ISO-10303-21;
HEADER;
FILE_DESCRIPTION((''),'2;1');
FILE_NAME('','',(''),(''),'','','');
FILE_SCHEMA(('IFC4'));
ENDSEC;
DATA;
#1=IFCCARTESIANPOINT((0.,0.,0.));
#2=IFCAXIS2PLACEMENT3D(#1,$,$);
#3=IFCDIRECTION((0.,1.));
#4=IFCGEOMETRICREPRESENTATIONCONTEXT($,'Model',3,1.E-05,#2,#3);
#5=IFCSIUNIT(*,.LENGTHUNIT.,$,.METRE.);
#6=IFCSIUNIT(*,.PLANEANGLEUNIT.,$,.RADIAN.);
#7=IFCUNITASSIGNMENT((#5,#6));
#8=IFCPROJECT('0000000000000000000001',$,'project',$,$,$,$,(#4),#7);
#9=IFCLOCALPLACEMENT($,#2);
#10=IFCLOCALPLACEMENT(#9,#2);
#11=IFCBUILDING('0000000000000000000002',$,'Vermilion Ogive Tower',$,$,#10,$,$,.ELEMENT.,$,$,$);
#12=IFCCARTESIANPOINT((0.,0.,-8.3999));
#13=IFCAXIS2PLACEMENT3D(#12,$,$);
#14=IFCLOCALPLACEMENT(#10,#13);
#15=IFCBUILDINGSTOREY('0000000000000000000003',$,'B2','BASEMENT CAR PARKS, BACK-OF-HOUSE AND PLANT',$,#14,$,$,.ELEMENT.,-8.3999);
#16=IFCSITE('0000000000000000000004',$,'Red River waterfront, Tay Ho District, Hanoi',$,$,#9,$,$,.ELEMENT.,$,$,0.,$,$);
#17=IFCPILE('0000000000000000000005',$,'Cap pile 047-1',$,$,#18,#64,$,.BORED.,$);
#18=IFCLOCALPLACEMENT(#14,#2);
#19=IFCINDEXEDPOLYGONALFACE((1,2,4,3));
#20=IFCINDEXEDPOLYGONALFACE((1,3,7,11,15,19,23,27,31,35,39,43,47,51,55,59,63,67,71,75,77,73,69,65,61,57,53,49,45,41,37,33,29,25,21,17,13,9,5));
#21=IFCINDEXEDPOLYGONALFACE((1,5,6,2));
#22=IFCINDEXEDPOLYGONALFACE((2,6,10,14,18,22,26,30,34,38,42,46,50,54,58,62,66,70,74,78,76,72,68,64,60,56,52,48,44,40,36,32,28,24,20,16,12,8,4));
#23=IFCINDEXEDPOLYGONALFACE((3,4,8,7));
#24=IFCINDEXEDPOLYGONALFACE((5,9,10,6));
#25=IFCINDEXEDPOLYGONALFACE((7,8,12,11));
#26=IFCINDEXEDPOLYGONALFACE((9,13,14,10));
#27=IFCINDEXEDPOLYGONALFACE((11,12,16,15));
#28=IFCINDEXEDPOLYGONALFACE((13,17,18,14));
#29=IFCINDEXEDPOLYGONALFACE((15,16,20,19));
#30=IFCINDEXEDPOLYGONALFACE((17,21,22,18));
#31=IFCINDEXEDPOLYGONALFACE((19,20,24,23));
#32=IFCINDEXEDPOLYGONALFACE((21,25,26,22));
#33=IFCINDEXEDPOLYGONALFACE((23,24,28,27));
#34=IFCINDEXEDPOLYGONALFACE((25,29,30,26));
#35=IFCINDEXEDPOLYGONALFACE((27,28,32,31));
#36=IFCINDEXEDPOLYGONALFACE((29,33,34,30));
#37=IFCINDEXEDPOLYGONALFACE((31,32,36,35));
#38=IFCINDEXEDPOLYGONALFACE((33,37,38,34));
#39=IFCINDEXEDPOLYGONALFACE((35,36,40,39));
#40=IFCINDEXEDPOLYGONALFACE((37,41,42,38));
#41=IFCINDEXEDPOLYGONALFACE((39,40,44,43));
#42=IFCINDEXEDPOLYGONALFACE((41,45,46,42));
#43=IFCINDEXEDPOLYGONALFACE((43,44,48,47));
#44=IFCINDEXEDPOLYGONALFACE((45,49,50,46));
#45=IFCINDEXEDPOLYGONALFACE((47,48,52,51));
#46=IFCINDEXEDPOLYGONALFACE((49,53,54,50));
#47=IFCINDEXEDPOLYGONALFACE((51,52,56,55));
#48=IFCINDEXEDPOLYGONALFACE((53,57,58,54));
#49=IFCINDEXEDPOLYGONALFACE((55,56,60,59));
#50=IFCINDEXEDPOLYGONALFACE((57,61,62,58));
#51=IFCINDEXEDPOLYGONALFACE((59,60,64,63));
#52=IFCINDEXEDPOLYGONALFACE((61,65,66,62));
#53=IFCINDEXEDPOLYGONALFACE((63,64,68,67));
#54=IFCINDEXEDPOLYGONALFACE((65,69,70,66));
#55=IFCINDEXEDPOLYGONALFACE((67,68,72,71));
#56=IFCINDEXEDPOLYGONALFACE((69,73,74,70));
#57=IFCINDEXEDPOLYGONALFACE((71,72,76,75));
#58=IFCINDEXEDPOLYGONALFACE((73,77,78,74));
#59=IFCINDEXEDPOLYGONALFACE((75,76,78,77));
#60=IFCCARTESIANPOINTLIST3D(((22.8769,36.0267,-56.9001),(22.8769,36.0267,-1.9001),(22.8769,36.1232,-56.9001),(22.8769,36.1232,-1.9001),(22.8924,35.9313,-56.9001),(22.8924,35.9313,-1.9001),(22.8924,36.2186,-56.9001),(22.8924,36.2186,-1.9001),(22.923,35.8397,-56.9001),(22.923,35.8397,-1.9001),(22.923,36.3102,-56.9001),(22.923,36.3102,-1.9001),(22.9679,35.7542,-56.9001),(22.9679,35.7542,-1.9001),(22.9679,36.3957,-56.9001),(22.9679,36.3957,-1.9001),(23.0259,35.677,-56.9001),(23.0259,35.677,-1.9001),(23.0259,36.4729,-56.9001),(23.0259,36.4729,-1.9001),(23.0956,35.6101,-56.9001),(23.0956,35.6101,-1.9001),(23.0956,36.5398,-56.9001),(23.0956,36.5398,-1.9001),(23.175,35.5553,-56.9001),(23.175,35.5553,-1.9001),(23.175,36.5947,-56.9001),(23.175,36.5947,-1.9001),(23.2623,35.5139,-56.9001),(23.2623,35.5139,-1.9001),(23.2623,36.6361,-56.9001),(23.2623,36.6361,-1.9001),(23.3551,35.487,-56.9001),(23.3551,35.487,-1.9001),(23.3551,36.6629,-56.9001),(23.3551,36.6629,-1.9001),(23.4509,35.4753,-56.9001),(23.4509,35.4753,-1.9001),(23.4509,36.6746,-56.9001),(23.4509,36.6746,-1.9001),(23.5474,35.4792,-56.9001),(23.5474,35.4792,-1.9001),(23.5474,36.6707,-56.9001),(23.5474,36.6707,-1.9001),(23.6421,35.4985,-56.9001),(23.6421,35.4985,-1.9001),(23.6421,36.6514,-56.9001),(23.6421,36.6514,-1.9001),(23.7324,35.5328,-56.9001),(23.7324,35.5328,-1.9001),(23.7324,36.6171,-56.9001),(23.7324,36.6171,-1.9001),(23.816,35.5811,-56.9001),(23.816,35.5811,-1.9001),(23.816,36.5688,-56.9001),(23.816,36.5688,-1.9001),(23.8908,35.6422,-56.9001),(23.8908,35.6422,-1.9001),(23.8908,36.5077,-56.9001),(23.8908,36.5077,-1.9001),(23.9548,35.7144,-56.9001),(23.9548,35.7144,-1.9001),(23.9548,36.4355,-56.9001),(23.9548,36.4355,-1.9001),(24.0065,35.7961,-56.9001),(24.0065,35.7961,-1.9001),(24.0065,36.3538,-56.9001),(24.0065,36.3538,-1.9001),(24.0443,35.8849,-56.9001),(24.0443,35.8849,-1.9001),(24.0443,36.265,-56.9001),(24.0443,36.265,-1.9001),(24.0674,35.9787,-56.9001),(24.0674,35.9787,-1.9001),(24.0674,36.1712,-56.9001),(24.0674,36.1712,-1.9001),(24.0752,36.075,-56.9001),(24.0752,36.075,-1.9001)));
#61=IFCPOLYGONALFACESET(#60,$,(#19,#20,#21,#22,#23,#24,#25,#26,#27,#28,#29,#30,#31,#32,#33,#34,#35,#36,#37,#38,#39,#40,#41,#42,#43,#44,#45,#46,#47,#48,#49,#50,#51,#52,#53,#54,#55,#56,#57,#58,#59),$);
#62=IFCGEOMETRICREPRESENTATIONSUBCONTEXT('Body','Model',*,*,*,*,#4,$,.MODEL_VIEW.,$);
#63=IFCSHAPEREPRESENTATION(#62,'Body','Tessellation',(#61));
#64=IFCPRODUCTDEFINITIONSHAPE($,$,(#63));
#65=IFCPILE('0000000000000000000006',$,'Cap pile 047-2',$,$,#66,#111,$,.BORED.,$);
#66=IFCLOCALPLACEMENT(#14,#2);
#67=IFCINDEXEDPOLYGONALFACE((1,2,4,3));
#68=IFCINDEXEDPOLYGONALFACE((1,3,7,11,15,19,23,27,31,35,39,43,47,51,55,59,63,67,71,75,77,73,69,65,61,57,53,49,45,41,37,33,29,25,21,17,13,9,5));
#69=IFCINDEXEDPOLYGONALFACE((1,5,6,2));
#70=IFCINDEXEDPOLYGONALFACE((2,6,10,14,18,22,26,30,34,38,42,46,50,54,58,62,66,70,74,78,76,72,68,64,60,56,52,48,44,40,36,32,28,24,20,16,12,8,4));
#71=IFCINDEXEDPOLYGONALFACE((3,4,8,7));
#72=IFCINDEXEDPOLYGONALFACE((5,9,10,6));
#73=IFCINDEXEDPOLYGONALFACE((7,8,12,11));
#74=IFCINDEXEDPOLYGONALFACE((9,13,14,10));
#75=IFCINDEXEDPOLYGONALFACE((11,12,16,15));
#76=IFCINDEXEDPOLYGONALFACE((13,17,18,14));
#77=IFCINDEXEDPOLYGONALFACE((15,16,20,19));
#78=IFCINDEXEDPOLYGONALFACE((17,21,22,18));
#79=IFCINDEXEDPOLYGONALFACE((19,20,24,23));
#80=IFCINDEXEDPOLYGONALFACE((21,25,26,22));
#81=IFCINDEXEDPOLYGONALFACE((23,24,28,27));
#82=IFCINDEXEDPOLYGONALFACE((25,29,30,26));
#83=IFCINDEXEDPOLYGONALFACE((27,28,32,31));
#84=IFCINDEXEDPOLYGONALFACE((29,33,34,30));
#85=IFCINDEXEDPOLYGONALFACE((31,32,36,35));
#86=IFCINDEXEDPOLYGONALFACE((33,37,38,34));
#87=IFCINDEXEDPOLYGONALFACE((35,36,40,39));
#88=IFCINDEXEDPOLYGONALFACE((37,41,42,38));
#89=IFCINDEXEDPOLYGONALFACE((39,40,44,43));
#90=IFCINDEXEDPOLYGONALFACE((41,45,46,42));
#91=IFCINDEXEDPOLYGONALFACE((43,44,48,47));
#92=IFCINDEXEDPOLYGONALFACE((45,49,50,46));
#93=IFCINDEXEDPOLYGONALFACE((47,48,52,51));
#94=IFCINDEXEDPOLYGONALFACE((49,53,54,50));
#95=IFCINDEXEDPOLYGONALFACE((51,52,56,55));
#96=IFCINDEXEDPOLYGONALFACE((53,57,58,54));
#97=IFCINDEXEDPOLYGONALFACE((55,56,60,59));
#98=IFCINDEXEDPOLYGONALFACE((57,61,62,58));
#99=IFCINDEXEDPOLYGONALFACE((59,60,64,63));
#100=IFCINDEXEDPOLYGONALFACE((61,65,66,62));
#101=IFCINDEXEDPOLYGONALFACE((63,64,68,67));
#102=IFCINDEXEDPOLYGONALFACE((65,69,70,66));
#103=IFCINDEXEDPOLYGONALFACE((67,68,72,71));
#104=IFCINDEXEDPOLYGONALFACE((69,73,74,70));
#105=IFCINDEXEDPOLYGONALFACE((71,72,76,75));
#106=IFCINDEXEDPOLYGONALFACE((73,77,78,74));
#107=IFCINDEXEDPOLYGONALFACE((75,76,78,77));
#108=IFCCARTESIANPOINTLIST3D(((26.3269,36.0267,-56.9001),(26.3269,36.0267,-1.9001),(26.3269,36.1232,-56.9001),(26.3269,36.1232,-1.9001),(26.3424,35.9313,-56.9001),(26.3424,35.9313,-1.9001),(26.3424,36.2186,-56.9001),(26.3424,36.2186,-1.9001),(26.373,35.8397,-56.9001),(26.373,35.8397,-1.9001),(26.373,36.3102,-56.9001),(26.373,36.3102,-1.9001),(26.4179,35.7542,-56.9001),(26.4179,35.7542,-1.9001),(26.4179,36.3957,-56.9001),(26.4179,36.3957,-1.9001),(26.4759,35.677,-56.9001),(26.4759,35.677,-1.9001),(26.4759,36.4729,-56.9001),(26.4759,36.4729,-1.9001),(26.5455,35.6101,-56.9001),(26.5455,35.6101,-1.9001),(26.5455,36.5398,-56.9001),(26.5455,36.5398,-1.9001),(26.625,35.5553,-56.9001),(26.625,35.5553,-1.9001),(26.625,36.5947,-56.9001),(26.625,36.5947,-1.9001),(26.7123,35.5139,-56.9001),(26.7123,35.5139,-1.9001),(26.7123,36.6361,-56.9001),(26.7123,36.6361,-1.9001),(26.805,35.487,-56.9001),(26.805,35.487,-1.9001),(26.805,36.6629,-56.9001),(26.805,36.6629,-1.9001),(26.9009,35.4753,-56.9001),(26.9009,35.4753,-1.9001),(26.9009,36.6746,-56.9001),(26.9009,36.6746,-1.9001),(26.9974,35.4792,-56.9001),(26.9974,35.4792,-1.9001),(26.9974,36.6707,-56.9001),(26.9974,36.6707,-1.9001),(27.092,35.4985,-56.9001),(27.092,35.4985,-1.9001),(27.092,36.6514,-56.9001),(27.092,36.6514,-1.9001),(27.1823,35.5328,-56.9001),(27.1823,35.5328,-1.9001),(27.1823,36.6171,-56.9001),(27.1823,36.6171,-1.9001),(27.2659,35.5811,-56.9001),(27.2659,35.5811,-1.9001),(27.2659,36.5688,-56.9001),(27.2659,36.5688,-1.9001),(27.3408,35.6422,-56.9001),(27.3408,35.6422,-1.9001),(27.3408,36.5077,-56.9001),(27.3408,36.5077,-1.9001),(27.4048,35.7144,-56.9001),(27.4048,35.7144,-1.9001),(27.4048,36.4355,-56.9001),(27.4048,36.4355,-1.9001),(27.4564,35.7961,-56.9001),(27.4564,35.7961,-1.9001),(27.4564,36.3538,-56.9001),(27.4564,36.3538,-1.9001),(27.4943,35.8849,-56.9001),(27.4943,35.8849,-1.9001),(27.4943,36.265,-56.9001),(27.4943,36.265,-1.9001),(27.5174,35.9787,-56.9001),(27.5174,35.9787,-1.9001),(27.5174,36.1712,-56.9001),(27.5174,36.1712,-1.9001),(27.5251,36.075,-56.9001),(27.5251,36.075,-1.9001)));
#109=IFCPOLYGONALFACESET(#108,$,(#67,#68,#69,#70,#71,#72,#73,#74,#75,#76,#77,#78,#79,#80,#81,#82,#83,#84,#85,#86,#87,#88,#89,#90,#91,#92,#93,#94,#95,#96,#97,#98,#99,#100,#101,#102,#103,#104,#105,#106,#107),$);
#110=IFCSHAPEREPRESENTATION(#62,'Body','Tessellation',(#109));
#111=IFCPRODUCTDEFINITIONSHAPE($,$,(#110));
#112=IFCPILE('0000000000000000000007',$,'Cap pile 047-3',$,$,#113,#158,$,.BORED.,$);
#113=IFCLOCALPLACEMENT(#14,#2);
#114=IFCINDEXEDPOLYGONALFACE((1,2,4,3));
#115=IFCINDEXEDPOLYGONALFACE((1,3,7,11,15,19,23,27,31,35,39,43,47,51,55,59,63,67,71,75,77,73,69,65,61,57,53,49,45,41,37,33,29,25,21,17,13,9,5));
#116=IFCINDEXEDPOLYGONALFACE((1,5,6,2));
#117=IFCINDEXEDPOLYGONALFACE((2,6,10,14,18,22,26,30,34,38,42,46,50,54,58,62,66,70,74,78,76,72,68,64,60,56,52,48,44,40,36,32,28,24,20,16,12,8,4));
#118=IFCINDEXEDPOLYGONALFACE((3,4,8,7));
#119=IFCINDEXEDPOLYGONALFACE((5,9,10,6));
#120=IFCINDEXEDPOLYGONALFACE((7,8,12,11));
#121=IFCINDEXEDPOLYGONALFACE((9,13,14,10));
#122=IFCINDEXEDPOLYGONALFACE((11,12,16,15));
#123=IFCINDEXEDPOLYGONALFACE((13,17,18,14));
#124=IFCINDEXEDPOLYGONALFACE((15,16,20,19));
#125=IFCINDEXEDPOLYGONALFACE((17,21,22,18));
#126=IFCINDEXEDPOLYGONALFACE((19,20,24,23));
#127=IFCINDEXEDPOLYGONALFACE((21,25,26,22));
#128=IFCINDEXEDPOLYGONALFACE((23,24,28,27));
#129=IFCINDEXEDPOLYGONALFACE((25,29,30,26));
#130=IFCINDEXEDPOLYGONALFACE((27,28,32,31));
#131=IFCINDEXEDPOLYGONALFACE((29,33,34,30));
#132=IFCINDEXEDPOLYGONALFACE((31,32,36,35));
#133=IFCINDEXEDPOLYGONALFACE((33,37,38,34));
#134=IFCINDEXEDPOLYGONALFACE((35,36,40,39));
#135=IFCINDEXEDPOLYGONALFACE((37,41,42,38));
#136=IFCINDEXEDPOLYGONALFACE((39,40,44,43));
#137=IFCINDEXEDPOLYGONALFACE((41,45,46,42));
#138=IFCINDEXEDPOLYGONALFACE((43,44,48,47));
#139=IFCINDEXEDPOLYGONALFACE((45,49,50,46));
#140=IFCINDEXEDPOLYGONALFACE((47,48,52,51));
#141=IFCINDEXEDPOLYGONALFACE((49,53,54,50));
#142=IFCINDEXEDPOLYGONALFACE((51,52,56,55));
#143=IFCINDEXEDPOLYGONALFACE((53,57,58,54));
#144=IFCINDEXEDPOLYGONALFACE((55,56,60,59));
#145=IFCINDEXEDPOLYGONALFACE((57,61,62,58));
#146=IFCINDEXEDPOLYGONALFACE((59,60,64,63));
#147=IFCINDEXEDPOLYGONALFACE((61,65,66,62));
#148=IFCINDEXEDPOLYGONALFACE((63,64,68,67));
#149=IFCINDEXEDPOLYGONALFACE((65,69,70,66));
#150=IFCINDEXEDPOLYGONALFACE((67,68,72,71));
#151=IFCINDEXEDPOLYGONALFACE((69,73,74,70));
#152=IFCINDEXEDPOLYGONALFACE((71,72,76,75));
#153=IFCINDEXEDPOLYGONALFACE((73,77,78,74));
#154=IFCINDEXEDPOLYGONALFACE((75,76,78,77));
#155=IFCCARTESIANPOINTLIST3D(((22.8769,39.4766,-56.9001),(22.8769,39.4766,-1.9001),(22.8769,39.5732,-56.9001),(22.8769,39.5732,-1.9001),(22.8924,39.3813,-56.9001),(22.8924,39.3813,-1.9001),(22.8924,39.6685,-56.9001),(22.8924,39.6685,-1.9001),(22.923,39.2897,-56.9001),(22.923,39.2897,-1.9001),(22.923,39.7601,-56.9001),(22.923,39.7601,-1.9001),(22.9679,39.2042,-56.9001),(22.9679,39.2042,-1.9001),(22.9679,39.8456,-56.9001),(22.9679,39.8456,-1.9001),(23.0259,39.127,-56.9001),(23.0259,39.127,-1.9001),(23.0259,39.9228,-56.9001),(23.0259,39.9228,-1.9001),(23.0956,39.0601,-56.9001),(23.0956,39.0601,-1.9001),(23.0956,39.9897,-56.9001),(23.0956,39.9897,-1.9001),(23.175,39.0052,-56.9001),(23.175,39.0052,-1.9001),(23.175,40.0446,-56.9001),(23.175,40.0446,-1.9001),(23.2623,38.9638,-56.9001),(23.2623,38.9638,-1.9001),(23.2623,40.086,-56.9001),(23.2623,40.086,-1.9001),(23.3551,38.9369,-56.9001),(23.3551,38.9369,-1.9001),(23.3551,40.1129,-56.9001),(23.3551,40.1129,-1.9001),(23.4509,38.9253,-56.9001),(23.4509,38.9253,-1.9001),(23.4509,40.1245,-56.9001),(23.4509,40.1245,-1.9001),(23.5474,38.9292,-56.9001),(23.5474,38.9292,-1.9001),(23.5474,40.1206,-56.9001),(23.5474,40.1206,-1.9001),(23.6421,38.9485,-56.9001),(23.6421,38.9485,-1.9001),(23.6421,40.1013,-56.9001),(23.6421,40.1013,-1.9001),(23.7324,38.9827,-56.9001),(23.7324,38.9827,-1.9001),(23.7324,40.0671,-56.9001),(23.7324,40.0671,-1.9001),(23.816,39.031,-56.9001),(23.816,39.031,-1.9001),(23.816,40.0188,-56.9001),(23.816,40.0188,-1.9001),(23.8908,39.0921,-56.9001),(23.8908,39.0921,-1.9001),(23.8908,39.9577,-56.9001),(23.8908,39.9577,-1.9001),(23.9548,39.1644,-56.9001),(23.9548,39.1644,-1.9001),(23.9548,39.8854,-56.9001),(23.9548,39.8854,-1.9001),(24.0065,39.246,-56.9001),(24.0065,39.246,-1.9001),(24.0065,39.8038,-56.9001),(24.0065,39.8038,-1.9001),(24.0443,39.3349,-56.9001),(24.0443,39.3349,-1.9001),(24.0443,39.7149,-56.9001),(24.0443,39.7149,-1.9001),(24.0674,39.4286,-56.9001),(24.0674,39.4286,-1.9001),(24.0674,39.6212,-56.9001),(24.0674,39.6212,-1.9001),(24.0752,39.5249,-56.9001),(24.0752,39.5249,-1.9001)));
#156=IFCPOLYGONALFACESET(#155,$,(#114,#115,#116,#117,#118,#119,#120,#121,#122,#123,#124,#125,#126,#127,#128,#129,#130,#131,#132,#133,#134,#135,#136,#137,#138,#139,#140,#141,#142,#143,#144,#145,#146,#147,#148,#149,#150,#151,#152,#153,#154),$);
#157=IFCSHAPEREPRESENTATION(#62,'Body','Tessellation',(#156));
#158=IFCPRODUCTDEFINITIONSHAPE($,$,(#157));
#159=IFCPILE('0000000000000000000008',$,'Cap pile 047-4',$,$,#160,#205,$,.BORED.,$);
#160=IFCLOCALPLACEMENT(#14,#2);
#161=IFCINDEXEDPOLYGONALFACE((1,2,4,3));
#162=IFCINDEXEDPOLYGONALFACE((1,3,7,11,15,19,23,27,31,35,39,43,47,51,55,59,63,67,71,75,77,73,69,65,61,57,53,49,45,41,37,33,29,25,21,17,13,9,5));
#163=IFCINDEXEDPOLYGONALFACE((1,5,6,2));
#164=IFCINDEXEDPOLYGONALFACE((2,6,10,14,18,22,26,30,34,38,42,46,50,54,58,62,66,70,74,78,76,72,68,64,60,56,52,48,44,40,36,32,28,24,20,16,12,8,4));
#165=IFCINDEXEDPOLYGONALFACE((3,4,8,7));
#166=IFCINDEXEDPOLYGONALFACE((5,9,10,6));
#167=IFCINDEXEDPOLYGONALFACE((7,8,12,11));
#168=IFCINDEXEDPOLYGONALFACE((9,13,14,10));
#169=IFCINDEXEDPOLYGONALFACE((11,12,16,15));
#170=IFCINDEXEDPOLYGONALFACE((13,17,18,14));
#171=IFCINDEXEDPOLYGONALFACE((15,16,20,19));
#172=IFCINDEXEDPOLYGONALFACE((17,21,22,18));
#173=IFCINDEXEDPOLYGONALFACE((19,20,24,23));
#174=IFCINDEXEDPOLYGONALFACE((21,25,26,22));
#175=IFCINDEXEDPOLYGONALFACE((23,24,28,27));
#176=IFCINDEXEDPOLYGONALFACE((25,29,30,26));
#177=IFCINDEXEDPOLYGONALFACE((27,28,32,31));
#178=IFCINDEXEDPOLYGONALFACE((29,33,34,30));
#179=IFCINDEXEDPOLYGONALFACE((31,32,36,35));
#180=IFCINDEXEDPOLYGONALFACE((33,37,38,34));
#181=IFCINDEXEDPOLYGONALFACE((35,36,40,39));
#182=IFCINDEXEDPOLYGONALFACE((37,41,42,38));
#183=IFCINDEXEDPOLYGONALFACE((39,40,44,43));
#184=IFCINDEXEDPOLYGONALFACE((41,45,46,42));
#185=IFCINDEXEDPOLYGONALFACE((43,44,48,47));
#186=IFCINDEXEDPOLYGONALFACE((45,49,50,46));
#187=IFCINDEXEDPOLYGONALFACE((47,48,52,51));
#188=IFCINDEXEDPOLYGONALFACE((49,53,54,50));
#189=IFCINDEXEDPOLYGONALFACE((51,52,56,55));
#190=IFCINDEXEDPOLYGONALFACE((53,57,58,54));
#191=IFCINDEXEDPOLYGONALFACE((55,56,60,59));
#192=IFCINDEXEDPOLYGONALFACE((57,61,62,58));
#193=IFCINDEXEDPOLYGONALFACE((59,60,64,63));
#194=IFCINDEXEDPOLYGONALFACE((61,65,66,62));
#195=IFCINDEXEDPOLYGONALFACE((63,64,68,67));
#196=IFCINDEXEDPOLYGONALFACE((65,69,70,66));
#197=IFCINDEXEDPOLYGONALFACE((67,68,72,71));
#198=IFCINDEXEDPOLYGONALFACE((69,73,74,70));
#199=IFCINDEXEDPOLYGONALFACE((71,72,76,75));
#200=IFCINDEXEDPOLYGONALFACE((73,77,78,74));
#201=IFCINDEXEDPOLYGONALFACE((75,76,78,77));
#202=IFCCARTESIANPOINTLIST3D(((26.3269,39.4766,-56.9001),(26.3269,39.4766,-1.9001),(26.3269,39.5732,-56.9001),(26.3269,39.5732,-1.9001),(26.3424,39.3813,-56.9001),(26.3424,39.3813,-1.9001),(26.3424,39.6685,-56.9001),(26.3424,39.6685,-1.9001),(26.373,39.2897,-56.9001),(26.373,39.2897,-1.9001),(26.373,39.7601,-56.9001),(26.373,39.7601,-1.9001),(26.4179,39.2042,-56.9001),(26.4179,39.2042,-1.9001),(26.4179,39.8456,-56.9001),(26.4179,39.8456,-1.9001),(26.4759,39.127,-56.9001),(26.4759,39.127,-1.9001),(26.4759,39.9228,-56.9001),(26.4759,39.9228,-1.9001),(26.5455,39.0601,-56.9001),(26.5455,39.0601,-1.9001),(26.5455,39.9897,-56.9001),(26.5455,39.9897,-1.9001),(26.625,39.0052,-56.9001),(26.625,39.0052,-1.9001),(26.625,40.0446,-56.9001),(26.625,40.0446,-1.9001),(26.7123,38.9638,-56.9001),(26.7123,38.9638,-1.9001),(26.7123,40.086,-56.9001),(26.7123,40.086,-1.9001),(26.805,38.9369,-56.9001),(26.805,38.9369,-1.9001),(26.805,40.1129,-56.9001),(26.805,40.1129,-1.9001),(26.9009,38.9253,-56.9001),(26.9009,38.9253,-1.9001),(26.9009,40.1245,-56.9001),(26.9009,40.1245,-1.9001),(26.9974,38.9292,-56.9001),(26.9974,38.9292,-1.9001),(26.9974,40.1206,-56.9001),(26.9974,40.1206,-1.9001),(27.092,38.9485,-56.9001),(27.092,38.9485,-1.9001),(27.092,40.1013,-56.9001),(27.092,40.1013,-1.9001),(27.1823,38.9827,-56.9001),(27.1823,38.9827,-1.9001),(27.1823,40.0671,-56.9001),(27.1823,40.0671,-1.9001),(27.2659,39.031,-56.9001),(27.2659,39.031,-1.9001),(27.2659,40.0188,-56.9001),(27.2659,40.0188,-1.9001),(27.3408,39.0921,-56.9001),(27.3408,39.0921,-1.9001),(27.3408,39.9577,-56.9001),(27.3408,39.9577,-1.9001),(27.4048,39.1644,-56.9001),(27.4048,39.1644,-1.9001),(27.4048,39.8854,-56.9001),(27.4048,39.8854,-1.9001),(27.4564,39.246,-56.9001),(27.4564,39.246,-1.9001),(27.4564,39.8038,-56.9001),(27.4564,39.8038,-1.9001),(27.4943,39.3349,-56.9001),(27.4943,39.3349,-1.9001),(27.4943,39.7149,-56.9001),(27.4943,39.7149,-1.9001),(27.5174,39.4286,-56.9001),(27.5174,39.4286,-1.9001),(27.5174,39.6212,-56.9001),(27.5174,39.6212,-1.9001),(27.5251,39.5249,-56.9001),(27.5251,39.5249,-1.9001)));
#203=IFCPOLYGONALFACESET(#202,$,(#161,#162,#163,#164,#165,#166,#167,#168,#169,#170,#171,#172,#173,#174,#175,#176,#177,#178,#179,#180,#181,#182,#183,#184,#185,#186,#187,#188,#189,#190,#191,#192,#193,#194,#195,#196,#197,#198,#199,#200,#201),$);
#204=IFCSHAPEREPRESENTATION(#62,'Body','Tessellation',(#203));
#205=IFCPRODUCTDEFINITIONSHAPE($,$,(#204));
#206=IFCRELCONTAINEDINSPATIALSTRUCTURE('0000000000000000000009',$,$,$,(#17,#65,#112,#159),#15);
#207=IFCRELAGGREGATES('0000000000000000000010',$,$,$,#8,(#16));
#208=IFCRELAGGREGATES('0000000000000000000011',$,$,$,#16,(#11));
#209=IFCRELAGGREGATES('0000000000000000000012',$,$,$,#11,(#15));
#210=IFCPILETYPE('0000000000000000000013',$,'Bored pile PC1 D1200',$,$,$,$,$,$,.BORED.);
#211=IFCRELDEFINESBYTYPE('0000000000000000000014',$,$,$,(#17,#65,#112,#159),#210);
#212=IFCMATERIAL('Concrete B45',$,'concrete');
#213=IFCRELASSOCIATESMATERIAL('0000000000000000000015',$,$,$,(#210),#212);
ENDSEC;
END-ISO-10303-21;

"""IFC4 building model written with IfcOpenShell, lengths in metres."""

from ifc_helpers import new_model, si_unit, direction, frame, origin, origin_2d, place, context, subcontext, project, spatial, circle, extrude, material, type_object, element, save


model = new_model("IFC4")

# Units and contexts
model_context = context("Model", 3, precision=1e-05, world=origin(), true_north=direction((0.0, 1.0)))
body_context = subcontext(model_context, "Body", "Model", "MODEL_VIEW")
ifc_project = project(units=[si_unit("LENGTHUNIT", "METRE"), si_unit("PLANEANGLEUNIT", "RADIAN")], contexts=[model_context])

# Site, building, storey
site_placement = place(None, origin())
site = spatial("IfcSite", under=ifc_project, at=site_placement, Name="Red River waterfront, Tay Ho District, Hanoi", CompositionType="ELEMENT", RefElevation=0.0)
building_placement = place(site_placement, origin())
building = spatial("IfcBuilding", under=site, at=building_placement, Name="Vermilion Ogive Tower", CompositionType="ELEMENT")
storey_placement = place(building_placement, frame((0.0, 0.0, -8.3999)))
storey = spatial("IfcBuildingStorey", under=building, at=storey_placement, Name="B2", Description="BASEMENT CAR PARKS, BACK-OF-HOUSE AND PLANT", CompositionType="ELEMENT", Elevation=-8.3999)

# Piles
ifc_material_1 = material(Name="Concrete B45", Category="concrete")
pile_type = type_object("IfcPileType", Name="Bored pile PC1 D1200", PredefinedType="BORED", material=ifc_material_1)
for number, where, z_axis, x_axis, name in (
    (1, (23.4751, 36.075, -1.9001), (0.0, 0.0, -1.0), (1.0, 0.0, 0.0), "Cap pile 047-1"),
    (2, (26.925, 36.075, -1.9001), (0.0, 0.0, -1.0), (1.0, 0.0, 0.0), "Cap pile 047-2"),
    (3, (23.4751, 39.5249, -1.9001), (0.0, 0.0, -1.0), (1.0, 0.0, 0.0), "Cap pile 047-3"),
    (4, (26.925, 39.5249, -1.9001), (0.0, 0.0, -1.0), (1.0, 0.0, 0.0), "Cap pile 047-4"),
):
    element("IfcPile", number, at=place(storey_placement, frame(where, z_axis=z_axis, x_axis=x_axis)), inside=storey, type_object=pile_type, Name=name, PredefinedType="BORED", context=body_context, shape_type="SweptSolid", body=[
        extrude(circle(Radius=0.6001, at=origin_2d()), origin(), (0.0, 0.0, 1.0), 55.0),
    ])

save(model, "model.ifc")
